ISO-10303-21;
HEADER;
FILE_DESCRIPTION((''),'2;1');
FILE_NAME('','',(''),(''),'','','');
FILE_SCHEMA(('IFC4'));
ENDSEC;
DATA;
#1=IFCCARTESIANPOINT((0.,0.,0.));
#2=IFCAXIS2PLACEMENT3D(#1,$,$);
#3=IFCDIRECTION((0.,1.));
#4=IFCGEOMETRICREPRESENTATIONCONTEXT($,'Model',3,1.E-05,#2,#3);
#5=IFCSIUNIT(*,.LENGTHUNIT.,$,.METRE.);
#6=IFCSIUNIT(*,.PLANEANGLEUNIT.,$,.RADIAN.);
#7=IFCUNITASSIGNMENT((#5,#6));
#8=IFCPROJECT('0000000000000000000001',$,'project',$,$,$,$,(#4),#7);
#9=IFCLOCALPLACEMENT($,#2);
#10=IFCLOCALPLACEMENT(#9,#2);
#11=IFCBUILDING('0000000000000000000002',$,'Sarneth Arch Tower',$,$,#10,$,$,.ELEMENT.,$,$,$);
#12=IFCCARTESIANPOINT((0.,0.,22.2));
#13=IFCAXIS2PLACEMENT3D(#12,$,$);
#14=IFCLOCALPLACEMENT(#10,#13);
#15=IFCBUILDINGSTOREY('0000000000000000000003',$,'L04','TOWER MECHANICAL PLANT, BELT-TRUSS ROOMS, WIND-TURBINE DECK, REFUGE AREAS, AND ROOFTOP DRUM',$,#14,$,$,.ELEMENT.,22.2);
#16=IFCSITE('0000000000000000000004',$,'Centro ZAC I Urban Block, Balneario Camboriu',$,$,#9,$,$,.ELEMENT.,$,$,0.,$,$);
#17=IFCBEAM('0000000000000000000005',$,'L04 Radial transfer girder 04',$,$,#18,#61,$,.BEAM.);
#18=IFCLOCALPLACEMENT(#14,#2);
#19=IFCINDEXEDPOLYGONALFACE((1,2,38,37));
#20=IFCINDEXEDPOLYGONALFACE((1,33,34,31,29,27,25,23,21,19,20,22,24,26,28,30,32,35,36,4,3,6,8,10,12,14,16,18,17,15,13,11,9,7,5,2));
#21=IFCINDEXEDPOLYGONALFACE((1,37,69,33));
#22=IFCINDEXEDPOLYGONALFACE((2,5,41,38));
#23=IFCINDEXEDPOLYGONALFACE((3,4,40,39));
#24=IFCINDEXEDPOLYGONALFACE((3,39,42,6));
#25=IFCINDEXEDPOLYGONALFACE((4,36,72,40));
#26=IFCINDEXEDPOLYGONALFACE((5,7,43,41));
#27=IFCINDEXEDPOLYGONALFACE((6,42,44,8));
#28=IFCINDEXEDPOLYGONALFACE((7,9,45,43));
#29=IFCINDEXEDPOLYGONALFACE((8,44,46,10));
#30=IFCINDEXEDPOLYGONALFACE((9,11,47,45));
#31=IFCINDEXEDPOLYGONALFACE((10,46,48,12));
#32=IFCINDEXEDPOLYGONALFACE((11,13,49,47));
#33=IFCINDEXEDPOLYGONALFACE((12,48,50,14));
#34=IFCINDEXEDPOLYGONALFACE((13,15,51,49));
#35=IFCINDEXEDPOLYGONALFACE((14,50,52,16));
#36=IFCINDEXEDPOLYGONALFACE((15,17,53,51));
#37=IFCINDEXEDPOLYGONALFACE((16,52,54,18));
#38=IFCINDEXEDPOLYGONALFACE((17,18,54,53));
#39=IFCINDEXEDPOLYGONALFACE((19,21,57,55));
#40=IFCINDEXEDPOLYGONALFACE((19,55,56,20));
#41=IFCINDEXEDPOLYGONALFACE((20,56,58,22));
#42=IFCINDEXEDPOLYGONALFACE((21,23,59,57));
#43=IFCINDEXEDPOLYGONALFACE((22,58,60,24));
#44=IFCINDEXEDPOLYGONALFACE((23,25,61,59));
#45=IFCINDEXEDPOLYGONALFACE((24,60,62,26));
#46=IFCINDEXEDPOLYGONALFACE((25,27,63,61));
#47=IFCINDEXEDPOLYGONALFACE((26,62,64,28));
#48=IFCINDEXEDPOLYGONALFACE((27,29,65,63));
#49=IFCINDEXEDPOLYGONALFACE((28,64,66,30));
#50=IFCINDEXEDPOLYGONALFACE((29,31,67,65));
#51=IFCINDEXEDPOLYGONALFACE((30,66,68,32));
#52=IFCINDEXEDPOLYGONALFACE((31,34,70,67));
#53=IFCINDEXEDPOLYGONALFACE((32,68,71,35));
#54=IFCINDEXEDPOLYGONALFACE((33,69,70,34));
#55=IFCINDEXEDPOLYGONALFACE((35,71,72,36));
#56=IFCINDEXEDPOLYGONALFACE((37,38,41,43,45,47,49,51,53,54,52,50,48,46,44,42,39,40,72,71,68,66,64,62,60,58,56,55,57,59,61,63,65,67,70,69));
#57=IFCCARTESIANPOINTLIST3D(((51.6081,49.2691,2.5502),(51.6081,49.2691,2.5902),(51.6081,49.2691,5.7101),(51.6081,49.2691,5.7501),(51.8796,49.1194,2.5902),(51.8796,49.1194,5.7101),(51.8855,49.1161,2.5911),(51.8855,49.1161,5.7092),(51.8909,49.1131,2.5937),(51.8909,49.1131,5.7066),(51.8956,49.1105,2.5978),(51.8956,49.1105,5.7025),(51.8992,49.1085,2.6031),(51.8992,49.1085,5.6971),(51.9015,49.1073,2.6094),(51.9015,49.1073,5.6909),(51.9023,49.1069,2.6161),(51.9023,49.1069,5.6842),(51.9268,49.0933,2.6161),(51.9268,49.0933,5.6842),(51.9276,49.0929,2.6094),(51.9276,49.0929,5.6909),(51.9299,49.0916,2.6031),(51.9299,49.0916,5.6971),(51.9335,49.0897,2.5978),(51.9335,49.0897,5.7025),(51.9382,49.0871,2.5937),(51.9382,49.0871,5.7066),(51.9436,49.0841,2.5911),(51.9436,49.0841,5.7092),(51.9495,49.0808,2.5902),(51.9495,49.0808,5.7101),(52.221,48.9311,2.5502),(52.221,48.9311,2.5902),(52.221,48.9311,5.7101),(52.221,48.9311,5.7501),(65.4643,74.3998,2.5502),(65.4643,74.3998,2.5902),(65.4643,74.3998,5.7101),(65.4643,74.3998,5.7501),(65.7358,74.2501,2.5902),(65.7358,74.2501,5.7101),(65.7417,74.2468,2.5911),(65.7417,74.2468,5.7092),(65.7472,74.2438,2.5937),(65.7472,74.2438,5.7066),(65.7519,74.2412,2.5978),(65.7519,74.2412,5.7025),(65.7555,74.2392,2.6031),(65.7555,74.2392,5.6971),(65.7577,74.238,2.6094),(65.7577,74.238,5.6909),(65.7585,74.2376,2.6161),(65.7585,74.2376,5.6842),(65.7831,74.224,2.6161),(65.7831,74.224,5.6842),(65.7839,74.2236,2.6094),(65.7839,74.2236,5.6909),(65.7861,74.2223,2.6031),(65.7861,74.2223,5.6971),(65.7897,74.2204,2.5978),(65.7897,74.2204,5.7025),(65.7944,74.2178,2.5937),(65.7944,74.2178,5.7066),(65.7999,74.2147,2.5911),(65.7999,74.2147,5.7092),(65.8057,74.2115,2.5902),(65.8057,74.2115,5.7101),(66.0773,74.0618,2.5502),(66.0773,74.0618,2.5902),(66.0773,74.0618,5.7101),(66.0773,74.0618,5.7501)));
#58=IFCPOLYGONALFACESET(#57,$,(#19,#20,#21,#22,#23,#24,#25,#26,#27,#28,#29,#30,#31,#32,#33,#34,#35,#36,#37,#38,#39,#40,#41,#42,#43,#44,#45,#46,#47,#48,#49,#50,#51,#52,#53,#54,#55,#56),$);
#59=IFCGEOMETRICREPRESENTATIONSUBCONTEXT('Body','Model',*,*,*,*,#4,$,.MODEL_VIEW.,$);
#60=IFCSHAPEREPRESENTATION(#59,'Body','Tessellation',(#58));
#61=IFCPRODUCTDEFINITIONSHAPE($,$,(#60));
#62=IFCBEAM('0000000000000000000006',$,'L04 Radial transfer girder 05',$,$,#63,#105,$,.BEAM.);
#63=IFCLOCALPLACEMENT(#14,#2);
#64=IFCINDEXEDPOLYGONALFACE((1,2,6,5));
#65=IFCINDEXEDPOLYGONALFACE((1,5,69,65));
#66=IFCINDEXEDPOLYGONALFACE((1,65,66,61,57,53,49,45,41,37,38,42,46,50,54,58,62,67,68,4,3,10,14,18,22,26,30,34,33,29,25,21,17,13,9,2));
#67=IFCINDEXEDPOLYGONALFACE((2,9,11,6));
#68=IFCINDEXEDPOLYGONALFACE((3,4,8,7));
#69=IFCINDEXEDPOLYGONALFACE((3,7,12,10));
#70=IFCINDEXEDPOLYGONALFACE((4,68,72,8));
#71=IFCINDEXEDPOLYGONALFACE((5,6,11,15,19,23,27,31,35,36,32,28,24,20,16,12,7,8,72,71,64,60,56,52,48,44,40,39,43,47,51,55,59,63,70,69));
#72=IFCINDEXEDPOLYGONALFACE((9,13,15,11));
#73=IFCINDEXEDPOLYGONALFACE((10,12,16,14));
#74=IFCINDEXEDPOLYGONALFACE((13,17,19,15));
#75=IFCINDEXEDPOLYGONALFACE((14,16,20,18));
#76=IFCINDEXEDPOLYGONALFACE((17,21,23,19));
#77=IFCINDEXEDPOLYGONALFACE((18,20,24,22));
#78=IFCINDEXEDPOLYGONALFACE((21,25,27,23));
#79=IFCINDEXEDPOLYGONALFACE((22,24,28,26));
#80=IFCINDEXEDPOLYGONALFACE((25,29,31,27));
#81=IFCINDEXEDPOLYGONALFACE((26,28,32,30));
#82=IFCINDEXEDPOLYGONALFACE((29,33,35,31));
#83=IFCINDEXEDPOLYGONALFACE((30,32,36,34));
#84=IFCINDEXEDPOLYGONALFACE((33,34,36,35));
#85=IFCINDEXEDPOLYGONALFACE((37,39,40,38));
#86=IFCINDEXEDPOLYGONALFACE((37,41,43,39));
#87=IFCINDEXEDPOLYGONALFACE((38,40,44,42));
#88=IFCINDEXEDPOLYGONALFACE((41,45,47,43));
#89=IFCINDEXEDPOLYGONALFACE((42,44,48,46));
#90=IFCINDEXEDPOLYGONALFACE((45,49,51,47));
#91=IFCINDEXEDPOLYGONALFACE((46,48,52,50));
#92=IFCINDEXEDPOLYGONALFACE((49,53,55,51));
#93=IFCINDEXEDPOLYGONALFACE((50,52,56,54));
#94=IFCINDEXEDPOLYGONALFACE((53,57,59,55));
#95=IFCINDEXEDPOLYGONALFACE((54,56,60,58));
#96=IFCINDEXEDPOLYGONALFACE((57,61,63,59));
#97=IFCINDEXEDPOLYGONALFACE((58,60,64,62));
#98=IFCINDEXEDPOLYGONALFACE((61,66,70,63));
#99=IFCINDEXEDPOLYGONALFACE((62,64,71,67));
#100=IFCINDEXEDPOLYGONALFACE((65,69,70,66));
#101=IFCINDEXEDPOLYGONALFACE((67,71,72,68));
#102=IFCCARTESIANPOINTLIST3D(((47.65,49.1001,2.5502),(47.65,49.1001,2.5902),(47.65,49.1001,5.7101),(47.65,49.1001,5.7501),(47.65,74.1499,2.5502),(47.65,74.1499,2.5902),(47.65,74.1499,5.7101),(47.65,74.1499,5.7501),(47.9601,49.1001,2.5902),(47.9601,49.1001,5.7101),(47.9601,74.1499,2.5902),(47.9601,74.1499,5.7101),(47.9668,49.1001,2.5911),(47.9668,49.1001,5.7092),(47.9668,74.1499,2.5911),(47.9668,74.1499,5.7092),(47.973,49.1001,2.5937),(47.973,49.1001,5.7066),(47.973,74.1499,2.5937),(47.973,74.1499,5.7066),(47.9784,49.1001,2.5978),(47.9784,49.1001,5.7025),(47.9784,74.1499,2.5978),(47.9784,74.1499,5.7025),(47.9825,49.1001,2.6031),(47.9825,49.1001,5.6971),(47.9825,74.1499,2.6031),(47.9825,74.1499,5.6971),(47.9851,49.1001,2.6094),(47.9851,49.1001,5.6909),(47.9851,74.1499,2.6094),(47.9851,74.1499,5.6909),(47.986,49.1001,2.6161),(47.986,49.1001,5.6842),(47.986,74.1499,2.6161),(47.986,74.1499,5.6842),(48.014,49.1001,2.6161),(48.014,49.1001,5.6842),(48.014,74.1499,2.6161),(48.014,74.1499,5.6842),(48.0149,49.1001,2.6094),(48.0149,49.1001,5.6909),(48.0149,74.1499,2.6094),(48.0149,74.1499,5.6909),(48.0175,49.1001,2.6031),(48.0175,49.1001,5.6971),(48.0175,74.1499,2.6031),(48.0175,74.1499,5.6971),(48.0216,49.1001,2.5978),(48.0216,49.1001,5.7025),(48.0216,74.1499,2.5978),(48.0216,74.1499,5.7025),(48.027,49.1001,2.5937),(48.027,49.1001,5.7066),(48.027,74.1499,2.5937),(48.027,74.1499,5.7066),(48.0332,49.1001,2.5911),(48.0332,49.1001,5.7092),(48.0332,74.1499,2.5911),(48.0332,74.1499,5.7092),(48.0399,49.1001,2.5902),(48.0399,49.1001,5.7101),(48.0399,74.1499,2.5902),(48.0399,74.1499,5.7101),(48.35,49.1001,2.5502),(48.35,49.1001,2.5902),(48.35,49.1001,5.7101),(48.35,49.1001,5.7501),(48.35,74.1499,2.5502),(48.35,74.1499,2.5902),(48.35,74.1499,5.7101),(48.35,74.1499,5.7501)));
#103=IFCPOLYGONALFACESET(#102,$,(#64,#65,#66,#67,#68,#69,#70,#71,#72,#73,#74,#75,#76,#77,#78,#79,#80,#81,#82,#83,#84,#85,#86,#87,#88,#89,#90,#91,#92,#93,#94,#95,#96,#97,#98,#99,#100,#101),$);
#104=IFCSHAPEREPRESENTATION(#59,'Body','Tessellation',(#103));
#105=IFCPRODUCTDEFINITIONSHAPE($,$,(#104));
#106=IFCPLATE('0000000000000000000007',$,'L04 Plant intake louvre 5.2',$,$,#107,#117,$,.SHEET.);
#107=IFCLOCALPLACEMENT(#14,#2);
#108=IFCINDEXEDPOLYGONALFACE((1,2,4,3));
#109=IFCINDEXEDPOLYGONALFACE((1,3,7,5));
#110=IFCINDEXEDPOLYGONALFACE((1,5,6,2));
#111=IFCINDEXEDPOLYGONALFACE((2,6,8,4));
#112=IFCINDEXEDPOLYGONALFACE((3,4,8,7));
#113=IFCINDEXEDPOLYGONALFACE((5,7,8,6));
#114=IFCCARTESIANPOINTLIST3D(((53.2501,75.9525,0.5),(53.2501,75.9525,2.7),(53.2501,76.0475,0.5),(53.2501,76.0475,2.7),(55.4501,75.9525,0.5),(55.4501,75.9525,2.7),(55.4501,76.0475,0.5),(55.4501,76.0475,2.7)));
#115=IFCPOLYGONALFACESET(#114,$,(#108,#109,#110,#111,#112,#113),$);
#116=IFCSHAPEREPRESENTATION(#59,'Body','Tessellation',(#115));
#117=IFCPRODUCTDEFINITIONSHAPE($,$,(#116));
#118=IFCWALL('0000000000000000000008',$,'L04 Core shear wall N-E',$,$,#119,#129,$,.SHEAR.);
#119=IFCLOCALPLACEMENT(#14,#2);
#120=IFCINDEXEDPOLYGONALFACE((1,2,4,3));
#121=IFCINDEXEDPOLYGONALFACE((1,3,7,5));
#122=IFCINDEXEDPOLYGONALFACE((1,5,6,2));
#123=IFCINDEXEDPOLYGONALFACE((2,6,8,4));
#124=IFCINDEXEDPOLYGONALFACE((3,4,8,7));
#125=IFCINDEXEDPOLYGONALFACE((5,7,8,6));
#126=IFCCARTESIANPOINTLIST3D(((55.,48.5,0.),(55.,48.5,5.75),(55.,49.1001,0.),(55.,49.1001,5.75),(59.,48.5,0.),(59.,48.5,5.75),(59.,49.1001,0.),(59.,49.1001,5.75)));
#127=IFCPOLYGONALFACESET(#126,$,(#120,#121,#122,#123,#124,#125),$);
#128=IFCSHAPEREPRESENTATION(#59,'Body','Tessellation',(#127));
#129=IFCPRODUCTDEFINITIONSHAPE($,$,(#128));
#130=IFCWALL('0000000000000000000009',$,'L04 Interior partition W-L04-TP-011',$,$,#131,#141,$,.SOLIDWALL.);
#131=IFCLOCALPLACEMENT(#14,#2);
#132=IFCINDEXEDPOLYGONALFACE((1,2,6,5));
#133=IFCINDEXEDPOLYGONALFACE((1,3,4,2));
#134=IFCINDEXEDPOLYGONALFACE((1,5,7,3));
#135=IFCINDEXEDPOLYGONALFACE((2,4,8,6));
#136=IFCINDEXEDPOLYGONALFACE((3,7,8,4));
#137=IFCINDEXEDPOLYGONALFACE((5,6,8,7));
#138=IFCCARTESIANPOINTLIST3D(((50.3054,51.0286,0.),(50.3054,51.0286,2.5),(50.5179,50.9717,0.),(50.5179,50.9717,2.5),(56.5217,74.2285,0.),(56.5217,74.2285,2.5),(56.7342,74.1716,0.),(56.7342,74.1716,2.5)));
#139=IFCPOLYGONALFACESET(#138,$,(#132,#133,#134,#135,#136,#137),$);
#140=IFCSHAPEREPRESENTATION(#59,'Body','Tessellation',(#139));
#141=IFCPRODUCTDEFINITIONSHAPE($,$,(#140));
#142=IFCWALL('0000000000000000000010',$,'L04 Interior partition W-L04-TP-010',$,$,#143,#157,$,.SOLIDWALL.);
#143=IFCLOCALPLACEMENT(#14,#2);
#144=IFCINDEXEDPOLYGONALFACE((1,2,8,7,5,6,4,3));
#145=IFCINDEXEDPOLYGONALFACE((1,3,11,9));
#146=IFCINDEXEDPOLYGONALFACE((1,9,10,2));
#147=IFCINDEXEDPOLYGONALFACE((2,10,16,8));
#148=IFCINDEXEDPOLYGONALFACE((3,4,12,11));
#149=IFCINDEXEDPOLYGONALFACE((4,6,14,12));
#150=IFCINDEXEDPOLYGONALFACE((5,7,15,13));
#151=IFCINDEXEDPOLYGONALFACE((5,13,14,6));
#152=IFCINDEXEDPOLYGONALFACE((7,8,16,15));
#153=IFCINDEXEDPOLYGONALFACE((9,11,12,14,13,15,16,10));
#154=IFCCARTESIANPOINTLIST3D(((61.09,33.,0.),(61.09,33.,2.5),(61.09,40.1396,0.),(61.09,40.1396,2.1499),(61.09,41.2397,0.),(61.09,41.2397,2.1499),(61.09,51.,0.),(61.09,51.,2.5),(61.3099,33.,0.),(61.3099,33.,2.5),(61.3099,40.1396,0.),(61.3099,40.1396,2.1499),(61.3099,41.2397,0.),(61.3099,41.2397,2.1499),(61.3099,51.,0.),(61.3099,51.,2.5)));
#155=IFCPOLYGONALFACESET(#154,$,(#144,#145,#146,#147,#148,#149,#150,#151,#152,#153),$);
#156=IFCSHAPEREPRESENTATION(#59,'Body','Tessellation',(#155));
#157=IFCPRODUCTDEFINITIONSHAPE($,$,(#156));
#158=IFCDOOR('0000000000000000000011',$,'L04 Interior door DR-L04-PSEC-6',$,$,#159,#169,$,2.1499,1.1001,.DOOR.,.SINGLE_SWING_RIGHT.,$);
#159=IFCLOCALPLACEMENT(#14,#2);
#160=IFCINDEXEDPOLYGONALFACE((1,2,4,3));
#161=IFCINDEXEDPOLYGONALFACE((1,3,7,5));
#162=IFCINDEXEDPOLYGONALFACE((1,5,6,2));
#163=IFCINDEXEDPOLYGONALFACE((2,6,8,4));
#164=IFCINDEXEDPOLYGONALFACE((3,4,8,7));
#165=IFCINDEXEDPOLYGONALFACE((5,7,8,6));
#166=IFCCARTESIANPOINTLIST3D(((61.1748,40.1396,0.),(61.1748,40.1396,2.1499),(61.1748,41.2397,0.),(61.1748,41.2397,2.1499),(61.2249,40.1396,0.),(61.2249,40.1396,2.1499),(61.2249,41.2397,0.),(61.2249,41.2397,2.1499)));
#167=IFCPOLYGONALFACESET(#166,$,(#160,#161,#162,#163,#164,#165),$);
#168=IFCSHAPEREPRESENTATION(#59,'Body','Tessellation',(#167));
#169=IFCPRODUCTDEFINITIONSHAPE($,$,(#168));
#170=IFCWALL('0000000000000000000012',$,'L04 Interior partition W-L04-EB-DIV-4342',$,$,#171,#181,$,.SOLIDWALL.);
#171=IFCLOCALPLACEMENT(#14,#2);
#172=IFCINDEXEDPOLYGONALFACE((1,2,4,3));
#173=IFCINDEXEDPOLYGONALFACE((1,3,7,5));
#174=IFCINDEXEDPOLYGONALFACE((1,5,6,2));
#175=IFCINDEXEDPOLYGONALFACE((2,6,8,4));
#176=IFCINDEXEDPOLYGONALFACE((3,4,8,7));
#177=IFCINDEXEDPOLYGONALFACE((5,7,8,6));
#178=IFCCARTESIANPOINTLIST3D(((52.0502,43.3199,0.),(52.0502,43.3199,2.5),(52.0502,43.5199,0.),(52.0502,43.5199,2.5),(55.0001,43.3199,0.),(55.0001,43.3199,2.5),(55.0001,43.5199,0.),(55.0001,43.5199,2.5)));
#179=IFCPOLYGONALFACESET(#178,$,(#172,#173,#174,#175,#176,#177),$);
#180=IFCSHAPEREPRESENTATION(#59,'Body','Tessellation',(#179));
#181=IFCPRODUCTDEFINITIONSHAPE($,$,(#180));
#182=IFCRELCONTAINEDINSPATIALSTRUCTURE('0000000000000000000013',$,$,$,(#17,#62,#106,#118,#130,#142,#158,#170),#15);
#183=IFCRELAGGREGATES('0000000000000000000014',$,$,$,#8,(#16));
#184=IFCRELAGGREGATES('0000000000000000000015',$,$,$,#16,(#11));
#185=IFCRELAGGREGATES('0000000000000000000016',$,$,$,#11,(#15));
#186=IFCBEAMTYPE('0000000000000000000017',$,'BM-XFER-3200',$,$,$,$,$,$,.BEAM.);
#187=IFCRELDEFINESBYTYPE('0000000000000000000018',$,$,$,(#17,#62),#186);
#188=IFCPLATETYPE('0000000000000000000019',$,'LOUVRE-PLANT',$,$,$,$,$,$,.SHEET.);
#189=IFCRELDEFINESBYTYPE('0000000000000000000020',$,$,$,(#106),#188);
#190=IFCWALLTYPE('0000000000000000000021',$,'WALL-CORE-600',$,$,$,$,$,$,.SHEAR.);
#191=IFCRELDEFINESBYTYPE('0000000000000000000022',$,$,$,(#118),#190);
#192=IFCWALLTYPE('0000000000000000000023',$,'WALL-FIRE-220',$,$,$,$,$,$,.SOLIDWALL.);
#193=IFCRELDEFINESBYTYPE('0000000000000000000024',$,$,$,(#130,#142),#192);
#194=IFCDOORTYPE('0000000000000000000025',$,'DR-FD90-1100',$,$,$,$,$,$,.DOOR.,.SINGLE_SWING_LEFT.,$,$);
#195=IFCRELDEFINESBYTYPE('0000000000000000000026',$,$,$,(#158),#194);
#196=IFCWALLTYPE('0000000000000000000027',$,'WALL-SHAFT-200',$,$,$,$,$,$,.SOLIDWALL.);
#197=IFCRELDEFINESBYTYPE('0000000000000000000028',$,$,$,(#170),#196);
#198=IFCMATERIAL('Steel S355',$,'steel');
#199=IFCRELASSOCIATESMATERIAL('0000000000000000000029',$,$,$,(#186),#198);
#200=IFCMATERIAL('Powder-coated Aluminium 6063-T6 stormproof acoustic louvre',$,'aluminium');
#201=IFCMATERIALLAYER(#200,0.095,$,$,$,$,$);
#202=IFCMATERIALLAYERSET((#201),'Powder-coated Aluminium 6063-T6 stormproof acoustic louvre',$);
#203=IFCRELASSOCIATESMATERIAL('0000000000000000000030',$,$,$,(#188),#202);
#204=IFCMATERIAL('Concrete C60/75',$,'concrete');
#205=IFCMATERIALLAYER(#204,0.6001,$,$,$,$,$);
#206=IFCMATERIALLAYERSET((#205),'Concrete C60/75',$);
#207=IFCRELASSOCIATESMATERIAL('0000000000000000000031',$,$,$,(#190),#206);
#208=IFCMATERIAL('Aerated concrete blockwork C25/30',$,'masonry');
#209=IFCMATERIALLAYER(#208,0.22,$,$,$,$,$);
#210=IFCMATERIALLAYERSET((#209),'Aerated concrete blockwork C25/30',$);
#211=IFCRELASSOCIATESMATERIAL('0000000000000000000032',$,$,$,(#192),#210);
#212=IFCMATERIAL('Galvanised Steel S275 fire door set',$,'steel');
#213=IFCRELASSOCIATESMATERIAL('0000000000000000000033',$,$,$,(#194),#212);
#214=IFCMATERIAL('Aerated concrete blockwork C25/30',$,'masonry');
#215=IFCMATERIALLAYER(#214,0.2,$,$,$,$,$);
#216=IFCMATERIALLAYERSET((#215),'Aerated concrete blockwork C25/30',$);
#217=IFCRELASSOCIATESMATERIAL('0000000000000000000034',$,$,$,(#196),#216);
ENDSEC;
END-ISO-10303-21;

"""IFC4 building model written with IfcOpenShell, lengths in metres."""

from ifc_helpers import new_model, si_unit, direction, frame, frame_2d, origin, origin_2d, place, context, subcontext, project, spatial, rectangle, i_section, extrude, material, layer, layer_set, material_profile, profile_set, type_object, element, fill, save


model = new_model("IFC4")

# Units and contexts
model_context = context("Model", 3, precision=1e-05, world=origin(), true_north=direction((0.0, 1.0)))
body_context = subcontext(model_context, "Body", "Model", "MODEL_VIEW")
ifc_project = project(units=[si_unit("LENGTHUNIT", "METRE"), si_unit("PLANEANGLEUNIT", "RADIAN")], contexts=[model_context])

# Site, building, storey
site_placement = place(None, origin())
site = spatial("IfcSite", under=ifc_project, at=site_placement, Name="Centro ZAC I Urban Block, Balneario Camboriu", CompositionType="ELEMENT", RefElevation=0.0)
building_placement = place(site_placement, origin())
building = spatial("IfcBuilding", under=site, at=building_placement, Name="Sarneth Arch Tower", CompositionType="ELEMENT")
storey_placement = place(building_placement, frame((0.0, 0.0, 22.2)))
storey = spatial("IfcBuildingStorey", under=building, at=storey_placement, Name="L04", Description="TOWER MECHANICAL PLANT, BELT-TRUSS ROOMS, WIND-TURBINE DECK, REFUGE AREAS, AND ROOFTOP DRUM", CompositionType="ELEMENT", Elevation=22.2)

# Beams
ifc_material_1 = material(Name="Steel S355", Category="steel")
ifc_material_profile_1 = material_profile(ifc_material_1, i_section(OverallWidth=0.7, OverallDepth=3.2, WebThickness=0.0281, FlangeThickness=0.04, FilletRadius=0.0259, at=origin_2d()), Name="CVS3200x1090")
ifc_profile_set_1 = profile_set([ifc_material_profile_1], Name="Steel S355")
beam_type_1 = type_object("IfcBeamType", Name="BM-XFER-3200", PredefinedType="BEAM", material=ifc_profile_set_1)
beam_1_placement = place(storey_placement, frame((51.9146, 49.1001, 4.1501), z_axis=(0.482838, 0.87571, 0.0), x_axis=(-0.87571, 0.482838, 0.0)))
element("IfcBeam", 1, at=beam_1_placement, inside=storey, type_object=beam_type_1, Name="L04 Radial transfer girder 04", PredefinedType="BEAM", context=body_context, shape_type="SweptSolid", body=[
    extrude(i_section(OverallWidth=0.7, OverallDepth=3.2, WebThickness=0.0281, FlangeThickness=0.04, FilletRadius=0.0259, at=origin_2d()), origin(), (0.0, 0.0, 1.0), 28.6975),
])
beam_2_placement = place(storey_placement, frame((48.0, 49.1001, 4.1501), z_axis=(0.0, 1.0, 0.0), x_axis=(-1.0, 0.0, 0.0)))
element("IfcBeam", 2, at=beam_2_placement, inside=storey, type_object=beam_type_1, Name="L04 Radial transfer girder 05", PredefinedType="BEAM", context=body_context, shape_type="SweptSolid", body=[
    extrude(i_section(OverallWidth=0.7, OverallDepth=3.2, WebThickness=0.0281, FlangeThickness=0.04, FilletRadius=0.0259, at=origin_2d()), origin(), (0.0, 0.0, 1.0), 25.0498),
])

# Plate
ifc_material_2 = material(Name="Powder-coated Aluminium 6063-T6 stormproof acoustic louvre", Category="aluminium")
ifc_layer_1 = layer(ifc_material_2, 0.095)
ifc_layer_set_1 = layer_set([ifc_layer_1], Name="Powder-coated Aluminium 6063-T6 stormproof acoustic louvre")
plate_type = type_object("IfcPlateType", Name="LOUVRE-PLANT", PredefinedType="SHEET", material=ifc_layer_set_1)
plate_placement = place(storey_placement, frame((54.3501, 76.0, 0.5), z_axis=(0.0, 0.0, 1.0), x_axis=(-1.0, 0.0, 0.0)))
element("IfcPlate", 3, at=plate_placement, inside=storey, type_object=plate_type, Name="L04 Plant intake louvre 5.2", PredefinedType="SHEET", context=body_context, shape_type="SweptSolid", body=[
    extrude(rectangle(XDim=2.2, YDim=0.095, at=origin_2d()), origin(), (0.0, 0.0, 1.0), 2.2),
])

# Walls
ifc_material_3 = material(Name="Concrete C60/75", Category="concrete")
ifc_layer_2 = layer(ifc_material_3, 0.6001)
ifc_layer_set_2 = layer_set([ifc_layer_2], Name="Concrete C60/75")
wall_type_1 = type_object("IfcWallType", Name="WALL-CORE-600", PredefinedType="SHEAR", material=ifc_layer_set_2)
wall_1_placement = place(storey_placement, frame((55.0, 48.8, 0.0), z_axis=(0.0, 0.0, 1.0), x_axis=(1.0, 0.0, 0.0)))
element("IfcWall", 4, at=wall_1_placement, inside=storey, type_object=wall_type_1, Name="L04 Core shear wall N-E", PredefinedType="SHEAR", context=body_context, shape_type="SweptSolid", body=[
    extrude(rectangle(XDim=4.0, YDim=0.6001, at=frame_2d((2.0, 0.0))), origin(), (0.0, 0.0, 1.0), 5.75),
])
ifc_material_4 = material(Name="Aerated concrete blockwork C25/30", Category="masonry")
ifc_layer_3 = layer(ifc_material_4, 0.22)
ifc_layer_set_3 = layer_set([ifc_layer_3], Name="Aerated concrete blockwork C25/30")
wall_type_2 = type_object("IfcWallType", Name="WALL-FIRE-220", PredefinedType="SOLIDWALL", material=ifc_layer_set_3)
wall_2_placement = place(storey_placement, frame((50.4116, 51.0, 0.0), z_axis=(0.0, 0.0, 1.0), x_axis=(0.258815, 0.965927, 0.0)))
element("IfcWall", 5, at=wall_2_placement, inside=storey, type_object=wall_type_2, Name="L04 Interior partition W-L04-TP-011", PredefinedType="SOLIDWALL", context=body_context, shape_type="SweptSolid", body=[
    extrude(rectangle(XDim=24.0183, YDim=0.22, at=frame_2d((12.0093, 0.0))), origin(), (0.0, 0.0, 1.0), 2.5),
])

# Wall, opening, door
wall_3_placement = place(storey_placement, frame((61.2, 51.0, 0.0), z_axis=(0.0, 0.0, 1.0), x_axis=(0.0, -1.0, 0.0)))
wall_3 = element("IfcWall", 6, at=wall_3_placement, inside=storey, type_object=wall_type_2, Name="L04 Interior partition W-L04-TP-010", PredefinedType="SOLIDWALL", context=body_context, shape_type="SweptSolid", body=[
    extrude(rectangle(XDim=18.0, YDim=0.22, at=frame_2d((9.0, 0.0))), origin(), (0.0, 0.0, 1.0), 2.5),
])
opening_placement = place(wall_3_placement, frame((9.7603, 0.0, 0.0)))
opening = element("IfcOpeningElement", 7, at=opening_placement, cuts=wall_3, PredefinedType="OPENING", context=body_context, shape_type="SweptSolid", body=[
    extrude(rectangle(XDim=1.1001, YDim=2.1499, at=frame_2d((0.55, 1.075))), frame((0.0, 0.1199, 0.0), z_axis=(0.0, -1.0, 0.0), x_axis=(1.0, 0.0, 0.0)), (0.0, 0.0, 1.0), 0.24),
])
ifc_material_5 = material(Name="Galvanised Steel S275 fire door set", Category="steel")
door_type = type_object("IfcDoorType", Name="DR-FD90-1100", OperationType="SINGLE_SWING_LEFT", PredefinedType="DOOR", material=ifc_material_5)
door_placement = place(opening_placement, origin())
door = element("IfcDoor", 8, at=door_placement, inside=storey, type_object=door_type, Name="L04 Interior door DR-L04-PSEC-6", OperationType="SINGLE_SWING_RIGHT", OverallHeight=2.1499, OverallWidth=1.1001, PredefinedType="DOOR", context=body_context, shape_type="SweptSolid", body=[
    extrude(rectangle(XDim=1.1001, YDim=2.1499, at=frame_2d((0.55, 1.075))), frame((0.0, 0.0249, 0.0), z_axis=(0.0, -1.0, 0.0), x_axis=(1.0, 0.0, 0.0)), (0.0, 0.0, 1.0), 0.05),
])
fill(opening, door)

# Wall
ifc_material_6 = material(Name="Aerated concrete blockwork C25/30", Category="masonry")
ifc_layer_4 = layer(ifc_material_6, 0.2)
ifc_layer_set_4 = layer_set([ifc_layer_4], Name="Aerated concrete blockwork C25/30")
wall_type_3 = type_object("IfcWallType", Name="WALL-SHAFT-200", PredefinedType="SOLIDWALL", material=ifc_layer_set_4)
for number, where, z_axis, x_axis, name in (
    (9, (52.05, 43.4199, 0.0), (0.0, 0.0, 1.0), (1.0, 0.0, 0.0), "L04 Interior partition W-L04-EB-DIV-4342"),
):
    element("IfcWall", number, at=place(storey_placement, frame(where, z_axis=z_axis, x_axis=x_axis)), inside=storey, type_object=wall_type_3, Name=name, PredefinedType="SOLIDWALL", context=body_context, shape_type="SweptSolid", body=[
        extrude(rectangle(XDim=2.95, YDim=0.2, at=frame_2d((1.4751, 0.0))), origin(), (0.0, 0.0, 1.0), 2.5),
    ])

save(model, "model.ifc")
